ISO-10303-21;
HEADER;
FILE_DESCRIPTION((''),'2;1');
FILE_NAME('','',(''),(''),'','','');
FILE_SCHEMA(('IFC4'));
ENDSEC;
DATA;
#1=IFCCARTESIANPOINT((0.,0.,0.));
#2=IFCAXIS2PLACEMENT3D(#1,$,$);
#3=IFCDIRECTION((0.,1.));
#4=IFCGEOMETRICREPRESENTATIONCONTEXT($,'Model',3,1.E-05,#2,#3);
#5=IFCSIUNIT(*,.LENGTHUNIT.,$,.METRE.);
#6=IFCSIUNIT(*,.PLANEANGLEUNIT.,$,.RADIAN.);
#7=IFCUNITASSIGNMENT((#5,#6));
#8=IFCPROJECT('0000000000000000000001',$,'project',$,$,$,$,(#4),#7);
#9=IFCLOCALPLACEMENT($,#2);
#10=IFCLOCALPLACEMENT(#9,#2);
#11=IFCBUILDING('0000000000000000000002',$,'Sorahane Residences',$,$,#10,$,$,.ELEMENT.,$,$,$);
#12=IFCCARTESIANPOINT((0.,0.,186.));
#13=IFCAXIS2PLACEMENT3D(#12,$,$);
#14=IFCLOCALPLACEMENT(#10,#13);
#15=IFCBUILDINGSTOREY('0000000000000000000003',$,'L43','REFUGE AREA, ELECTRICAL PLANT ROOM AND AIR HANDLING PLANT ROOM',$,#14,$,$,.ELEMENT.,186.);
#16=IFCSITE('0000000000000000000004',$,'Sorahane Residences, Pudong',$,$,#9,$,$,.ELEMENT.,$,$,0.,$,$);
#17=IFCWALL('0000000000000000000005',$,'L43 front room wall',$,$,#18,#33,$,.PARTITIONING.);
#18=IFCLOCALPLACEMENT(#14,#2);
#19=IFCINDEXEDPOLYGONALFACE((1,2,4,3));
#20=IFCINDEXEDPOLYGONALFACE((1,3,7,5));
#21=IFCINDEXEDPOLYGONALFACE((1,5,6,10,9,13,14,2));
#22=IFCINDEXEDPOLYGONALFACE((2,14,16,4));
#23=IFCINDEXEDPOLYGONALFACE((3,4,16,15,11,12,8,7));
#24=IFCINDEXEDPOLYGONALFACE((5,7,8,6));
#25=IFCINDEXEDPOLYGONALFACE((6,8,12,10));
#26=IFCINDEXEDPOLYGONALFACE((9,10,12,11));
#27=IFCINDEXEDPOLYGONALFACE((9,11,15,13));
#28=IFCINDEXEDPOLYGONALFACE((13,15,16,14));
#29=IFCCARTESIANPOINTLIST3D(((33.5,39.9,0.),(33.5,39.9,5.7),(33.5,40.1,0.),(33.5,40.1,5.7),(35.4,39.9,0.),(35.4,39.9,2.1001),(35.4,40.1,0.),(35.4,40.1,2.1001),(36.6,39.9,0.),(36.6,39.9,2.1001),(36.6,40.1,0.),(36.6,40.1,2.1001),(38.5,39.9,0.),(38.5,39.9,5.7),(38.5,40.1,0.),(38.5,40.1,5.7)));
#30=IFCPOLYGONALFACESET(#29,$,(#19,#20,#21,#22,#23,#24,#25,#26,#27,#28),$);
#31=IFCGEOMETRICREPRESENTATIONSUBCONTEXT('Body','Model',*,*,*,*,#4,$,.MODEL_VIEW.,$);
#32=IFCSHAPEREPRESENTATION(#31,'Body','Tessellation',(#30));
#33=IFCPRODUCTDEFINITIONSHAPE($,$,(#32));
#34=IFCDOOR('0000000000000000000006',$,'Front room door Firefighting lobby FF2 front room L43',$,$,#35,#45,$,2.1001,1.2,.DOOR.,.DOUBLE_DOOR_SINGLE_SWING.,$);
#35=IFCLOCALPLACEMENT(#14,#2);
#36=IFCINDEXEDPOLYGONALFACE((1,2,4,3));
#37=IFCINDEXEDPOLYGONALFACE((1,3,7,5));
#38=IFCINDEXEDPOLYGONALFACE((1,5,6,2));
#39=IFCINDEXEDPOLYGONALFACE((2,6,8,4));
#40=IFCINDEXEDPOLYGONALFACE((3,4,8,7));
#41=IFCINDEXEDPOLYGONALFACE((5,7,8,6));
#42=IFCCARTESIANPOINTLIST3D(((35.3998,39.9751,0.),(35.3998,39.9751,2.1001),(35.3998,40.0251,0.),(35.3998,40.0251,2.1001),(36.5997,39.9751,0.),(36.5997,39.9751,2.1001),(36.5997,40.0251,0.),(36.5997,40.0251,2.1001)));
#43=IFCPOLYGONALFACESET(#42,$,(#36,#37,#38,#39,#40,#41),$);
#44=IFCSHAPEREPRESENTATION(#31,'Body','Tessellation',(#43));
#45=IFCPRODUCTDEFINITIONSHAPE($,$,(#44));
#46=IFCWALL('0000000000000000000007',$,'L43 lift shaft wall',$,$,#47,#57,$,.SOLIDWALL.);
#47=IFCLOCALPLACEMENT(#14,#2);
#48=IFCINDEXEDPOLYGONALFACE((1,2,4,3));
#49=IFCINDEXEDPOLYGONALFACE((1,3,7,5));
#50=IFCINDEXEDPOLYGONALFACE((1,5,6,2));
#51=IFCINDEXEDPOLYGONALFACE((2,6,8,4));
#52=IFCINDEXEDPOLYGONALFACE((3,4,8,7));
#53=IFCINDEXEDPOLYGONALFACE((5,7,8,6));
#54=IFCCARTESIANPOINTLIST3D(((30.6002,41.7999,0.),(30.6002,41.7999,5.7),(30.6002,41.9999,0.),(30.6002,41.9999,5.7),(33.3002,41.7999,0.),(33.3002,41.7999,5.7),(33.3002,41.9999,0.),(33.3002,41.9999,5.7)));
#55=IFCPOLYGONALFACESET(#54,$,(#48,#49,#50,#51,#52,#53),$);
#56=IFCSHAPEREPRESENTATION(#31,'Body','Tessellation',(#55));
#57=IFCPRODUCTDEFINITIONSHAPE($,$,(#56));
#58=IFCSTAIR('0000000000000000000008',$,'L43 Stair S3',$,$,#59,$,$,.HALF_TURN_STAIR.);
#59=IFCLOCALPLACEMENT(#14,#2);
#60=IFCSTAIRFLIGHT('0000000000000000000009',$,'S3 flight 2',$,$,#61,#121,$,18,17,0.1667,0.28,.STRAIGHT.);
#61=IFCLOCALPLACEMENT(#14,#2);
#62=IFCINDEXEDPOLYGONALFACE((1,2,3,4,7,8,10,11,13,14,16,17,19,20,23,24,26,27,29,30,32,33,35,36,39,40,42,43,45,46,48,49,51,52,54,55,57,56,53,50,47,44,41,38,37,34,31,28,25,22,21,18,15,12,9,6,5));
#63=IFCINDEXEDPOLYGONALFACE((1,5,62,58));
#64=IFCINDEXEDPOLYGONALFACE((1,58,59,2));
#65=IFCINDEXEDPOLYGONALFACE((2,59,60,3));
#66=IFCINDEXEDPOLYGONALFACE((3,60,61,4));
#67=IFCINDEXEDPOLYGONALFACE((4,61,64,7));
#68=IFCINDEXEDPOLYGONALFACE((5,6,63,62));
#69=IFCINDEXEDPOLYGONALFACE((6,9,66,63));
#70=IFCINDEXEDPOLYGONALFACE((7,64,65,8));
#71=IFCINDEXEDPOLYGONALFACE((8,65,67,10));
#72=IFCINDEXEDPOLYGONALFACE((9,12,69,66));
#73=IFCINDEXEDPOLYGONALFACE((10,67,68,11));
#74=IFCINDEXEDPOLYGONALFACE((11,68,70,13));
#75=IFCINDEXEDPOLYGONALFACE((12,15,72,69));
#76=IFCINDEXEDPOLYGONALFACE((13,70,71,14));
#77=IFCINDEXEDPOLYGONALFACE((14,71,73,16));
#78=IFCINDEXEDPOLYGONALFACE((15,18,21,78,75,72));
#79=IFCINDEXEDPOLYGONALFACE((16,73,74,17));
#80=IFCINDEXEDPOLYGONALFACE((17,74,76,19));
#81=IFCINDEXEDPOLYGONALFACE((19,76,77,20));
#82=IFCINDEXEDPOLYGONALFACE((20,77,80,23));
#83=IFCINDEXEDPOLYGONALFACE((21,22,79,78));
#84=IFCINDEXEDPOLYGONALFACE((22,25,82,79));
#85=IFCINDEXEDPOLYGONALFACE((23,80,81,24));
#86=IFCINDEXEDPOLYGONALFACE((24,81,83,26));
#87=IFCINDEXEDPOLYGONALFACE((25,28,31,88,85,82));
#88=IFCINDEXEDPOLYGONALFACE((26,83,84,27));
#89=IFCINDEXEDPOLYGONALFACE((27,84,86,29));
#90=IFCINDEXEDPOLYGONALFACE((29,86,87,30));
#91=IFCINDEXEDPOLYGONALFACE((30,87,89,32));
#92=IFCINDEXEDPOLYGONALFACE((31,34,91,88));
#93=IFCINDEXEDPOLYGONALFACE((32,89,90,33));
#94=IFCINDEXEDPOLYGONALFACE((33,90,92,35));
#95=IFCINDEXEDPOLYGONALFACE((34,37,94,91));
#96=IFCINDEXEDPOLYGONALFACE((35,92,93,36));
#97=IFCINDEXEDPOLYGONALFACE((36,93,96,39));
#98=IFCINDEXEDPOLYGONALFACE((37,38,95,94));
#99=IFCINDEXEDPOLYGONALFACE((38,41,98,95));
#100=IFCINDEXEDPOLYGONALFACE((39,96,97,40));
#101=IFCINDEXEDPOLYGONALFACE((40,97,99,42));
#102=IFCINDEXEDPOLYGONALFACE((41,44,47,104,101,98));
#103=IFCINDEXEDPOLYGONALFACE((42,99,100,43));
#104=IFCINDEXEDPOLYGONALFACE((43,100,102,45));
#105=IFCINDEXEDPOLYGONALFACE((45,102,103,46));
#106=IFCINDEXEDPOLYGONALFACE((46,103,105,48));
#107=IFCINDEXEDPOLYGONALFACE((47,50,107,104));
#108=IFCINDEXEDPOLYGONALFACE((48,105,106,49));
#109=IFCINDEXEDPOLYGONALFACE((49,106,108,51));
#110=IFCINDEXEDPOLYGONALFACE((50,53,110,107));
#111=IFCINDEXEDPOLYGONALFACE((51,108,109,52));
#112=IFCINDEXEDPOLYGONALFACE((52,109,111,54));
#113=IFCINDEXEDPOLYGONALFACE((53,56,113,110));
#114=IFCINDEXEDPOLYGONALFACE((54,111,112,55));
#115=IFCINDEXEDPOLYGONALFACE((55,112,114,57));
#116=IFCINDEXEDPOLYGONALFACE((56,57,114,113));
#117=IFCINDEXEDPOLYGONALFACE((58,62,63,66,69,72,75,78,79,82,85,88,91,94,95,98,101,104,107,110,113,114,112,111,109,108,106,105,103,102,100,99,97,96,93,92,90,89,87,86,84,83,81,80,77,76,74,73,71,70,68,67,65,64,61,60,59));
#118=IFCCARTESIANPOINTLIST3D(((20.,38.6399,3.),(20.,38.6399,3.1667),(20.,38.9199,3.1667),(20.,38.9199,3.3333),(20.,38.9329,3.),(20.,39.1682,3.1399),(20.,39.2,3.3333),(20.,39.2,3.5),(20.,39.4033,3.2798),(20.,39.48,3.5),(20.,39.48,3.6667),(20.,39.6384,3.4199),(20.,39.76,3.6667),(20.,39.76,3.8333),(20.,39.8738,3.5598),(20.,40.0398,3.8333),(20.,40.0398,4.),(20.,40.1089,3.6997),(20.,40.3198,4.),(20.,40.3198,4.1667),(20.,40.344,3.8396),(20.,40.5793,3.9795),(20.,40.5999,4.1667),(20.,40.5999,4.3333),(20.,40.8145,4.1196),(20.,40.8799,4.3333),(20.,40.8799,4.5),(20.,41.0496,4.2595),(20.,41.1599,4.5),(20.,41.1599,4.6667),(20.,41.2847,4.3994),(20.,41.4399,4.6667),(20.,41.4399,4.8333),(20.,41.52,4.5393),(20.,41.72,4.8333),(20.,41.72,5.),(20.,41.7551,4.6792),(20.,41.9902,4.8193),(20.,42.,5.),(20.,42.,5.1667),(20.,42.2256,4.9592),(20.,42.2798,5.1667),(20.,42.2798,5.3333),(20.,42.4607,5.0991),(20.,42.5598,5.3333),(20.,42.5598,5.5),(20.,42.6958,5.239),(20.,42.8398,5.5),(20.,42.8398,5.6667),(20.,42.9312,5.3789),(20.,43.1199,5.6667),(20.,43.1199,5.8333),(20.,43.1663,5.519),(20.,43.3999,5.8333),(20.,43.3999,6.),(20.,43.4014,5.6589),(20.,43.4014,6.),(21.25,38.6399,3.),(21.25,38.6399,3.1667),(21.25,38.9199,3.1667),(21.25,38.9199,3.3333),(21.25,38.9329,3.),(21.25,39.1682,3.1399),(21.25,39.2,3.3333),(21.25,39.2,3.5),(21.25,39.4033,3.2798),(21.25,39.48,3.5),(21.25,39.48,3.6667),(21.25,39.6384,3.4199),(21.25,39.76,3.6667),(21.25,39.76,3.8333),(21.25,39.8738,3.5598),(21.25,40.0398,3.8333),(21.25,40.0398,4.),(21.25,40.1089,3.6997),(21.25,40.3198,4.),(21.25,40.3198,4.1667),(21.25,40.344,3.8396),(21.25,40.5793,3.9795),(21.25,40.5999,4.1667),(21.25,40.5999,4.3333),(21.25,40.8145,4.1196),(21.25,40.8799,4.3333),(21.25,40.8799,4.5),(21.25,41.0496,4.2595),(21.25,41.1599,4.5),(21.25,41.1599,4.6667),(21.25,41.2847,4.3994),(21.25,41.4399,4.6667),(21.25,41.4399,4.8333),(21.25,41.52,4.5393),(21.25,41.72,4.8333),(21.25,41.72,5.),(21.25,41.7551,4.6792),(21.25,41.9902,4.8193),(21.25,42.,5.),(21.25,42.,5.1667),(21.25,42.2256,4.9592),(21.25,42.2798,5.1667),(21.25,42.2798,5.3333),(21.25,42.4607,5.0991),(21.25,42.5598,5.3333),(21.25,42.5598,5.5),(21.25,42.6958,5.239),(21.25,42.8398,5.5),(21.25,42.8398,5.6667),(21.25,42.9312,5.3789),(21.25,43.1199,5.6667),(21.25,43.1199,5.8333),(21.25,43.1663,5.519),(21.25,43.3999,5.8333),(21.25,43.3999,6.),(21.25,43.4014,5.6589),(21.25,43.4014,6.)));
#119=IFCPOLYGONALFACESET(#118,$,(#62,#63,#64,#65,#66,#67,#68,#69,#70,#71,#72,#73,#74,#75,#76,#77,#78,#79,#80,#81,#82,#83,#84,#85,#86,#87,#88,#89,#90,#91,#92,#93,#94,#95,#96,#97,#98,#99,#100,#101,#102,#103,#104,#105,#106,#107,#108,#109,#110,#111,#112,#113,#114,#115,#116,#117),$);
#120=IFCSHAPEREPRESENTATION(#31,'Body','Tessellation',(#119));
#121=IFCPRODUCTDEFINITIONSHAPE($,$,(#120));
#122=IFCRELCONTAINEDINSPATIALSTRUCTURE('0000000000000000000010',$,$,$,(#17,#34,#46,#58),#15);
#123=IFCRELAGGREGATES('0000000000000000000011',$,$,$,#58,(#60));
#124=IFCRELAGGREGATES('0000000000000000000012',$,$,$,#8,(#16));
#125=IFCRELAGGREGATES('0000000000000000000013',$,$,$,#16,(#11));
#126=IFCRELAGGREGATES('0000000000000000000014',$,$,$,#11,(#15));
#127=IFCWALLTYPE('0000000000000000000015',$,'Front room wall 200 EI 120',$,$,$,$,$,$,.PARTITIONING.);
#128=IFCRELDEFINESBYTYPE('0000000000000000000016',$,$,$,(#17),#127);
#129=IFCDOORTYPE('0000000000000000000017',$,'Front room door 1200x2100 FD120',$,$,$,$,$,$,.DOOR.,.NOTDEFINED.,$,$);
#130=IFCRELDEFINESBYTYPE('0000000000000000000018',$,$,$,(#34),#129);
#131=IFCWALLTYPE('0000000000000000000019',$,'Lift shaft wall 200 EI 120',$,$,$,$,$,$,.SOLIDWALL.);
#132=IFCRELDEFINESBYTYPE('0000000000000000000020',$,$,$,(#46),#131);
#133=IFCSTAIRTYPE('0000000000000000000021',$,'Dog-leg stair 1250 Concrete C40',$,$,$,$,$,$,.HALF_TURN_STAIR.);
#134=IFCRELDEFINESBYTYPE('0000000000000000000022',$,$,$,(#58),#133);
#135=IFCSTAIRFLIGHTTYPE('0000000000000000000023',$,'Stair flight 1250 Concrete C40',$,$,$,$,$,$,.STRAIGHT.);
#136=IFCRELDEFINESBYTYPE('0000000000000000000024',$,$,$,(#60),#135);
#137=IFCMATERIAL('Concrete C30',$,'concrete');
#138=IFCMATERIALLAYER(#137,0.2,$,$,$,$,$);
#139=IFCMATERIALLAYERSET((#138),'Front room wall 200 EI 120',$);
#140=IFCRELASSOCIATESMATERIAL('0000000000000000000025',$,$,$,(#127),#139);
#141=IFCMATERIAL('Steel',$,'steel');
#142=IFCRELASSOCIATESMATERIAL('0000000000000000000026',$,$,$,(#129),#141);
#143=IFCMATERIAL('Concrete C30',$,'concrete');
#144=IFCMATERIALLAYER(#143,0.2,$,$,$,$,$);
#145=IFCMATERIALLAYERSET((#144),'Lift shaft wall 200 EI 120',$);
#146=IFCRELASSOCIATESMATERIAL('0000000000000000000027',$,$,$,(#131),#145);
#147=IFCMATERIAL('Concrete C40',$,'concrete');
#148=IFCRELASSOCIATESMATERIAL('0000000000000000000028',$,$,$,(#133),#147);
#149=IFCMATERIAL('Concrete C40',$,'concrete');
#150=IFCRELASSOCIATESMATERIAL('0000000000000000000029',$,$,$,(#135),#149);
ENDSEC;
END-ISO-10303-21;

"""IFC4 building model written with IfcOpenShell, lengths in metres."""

from ifc_helpers import new_model, si_unit, direction, frame, frame_2d, origin, place, context, subcontext, project, spatial, polyline, rectangle, outline, extrude, material, layer, layer_set, type_object, element, fill, aggregate, save


model = new_model("IFC4")

# Units and contexts
model_context = context("Model", 3, precision=1e-05, world=origin(), true_north=direction((0.0, 1.0)))
body_context = subcontext(model_context, "Body", "Model", "MODEL_VIEW")
ifc_project = project(units=[si_unit("LENGTHUNIT", "METRE"), si_unit("PLANEANGLEUNIT", "RADIAN")], contexts=[model_context])

# Site, building, storey
site_placement = place(None, origin())
site = spatial("IfcSite", under=ifc_project, at=site_placement, Name="Sorahane Residences, Pudong", CompositionType="ELEMENT", RefElevation=0.0)
building_placement = place(site_placement, origin())
building = spatial("IfcBuilding", under=site, at=building_placement, Name="Sorahane Residences", CompositionType="ELEMENT")
storey_placement = place(building_placement, frame((0.0, 0.0, 186.0)))
storey = spatial("IfcBuildingStorey", under=building, at=storey_placement, Name="L43", Description="REFUGE AREA, ELECTRICAL PLANT ROOM AND AIR HANDLING PLANT ROOM", CompositionType="ELEMENT", Elevation=186.0)

# Wall, opening, door
ifc_material_1 = material(Name="Concrete C30", Category="concrete")
ifc_layer_1 = layer(ifc_material_1, 0.2)
ifc_layer_set_1 = layer_set([ifc_layer_1], Name="Front room wall 200 EI 120")
wall_type_1 = type_object("IfcWallType", Name="Front room wall 200 EI 120", PredefinedType="PARTITIONING", material=ifc_layer_set_1)
ifc_material_2 = material(Name="Steel", Category="steel")
door_type = type_object("IfcDoorType", Name="Front room door 1200x2100 FD120", OperationType="NOTDEFINED", PredefinedType="DOOR", material=ifc_material_2)
wall_1_placement = place(storey_placement, frame((33.5, 40.0, 0.0), z_axis=(0.0, 0.0, 1.0), x_axis=(1.0, 0.0, 0.0)))
wall_1 = element("IfcWall", 1, at=wall_1_placement, inside=storey, type_object=wall_type_1, Name="L43 front room wall", PredefinedType="PARTITIONING", context=body_context, shape_type="SweptSolid", body=[
    extrude(rectangle(XDim=5.0, YDim=0.2, at=frame_2d((2.5, 0.0))), origin(), (0.0, 0.0, 1.0), 5.7),
])
opening_1_placement = place(wall_1_placement, frame((1.8999, 0.0, 0.0)))
opening_1 = element("IfcOpeningElement", 2, at=opening_1_placement, cuts=wall_1, PredefinedType="OPENING", context=body_context, shape_type="SweptSolid", body=[
    extrude(rectangle(XDim=1.2, YDim=2.1001, at=frame_2d((0.6001, 1.05))), frame((0.0, 0.1099, 0.0), z_axis=(0.0, -1.0, 0.0), x_axis=(1.0, 0.0, 0.0)), (0.0, 0.0, 1.0), 0.22),
])
door_1_placement = place(opening_1_placement, frame((1.2, 0.0, 0.0), z_axis=(0.0, 0.0, 1.0), x_axis=(-1.0, 0.0, 0.0)))
door_1 = element("IfcDoor", 3, at=door_1_placement, inside=storey, type_object=door_type, Name="Front room door Firefighting lobby FF2 front room L43", OperationType="DOUBLE_DOOR_SINGLE_SWING", OverallHeight=2.1001, OverallWidth=1.2, PredefinedType="DOOR", context=body_context, shape_type="SweptSolid", body=[
    extrude(rectangle(XDim=1.2, YDim=2.1001, at=frame_2d((0.6001, 1.05))), frame((0.0, 0.0249, 0.0), z_axis=(0.0, -1.0, 0.0), x_axis=(1.0, 0.0, 0.0)), (0.0, 0.0, 1.0), 0.05),
])
fill(opening_1, door_1)

# Wall
ifc_material_3 = material(Name="Concrete C30", Category="concrete")
ifc_layer_2 = layer(ifc_material_3, 0.2)
ifc_layer_set_2 = layer_set([ifc_layer_2], Name="Lift shaft wall 200 EI 120")
wall_type_2 = type_object("IfcWallType", Name="Lift shaft wall 200 EI 120", PredefinedType="SOLIDWALL", material=ifc_layer_set_2)
wall_2_placement = place(storey_placement, frame((30.6001, 41.8999, 0.0), z_axis=(0.0, 0.0, 1.0), x_axis=(1.0, 0.0, 0.0)))
element("IfcWall", 4, at=wall_2_placement, inside=storey, type_object=wall_type_2, Name="L43 lift shaft wall", PredefinedType="SOLIDWALL", context=body_context, shape_type="SweptSolid", body=[
    extrude(rectangle(XDim=2.7, YDim=0.2, at=frame_2d((1.3501, 0.0))), origin(), (0.0, 0.0, 1.0), 5.7),
])

# Stair, stair flight
ifc_material_4 = material(Name="Concrete C40", Category="concrete")
stair_type = type_object("IfcStairType", Name="Dog-leg stair 1250 Concrete C40", PredefinedType="HALF_TURN_STAIR", material=ifc_material_4)
stair_placement = place(storey_placement, origin())
stair = element("IfcStair", 5, at=stair_placement, inside=storey, type_object=stair_type, Name="L43 Stair S3", PredefinedType="HALF_TURN_STAIR")
ifc_material_5 = material(Name="Concrete C40", Category="concrete")
stair_flight_type = type_object("IfcStairFlightType", Name="Stair flight 1250 Concrete C40", PredefinedType="STRAIGHT", material=ifc_material_5)
stair_flight_placement = place(storey_placement, frame((20.625, 38.6399, 3.0), z_axis=(0.0, 0.0, 1.0), x_axis=(0.0, 1.0, 0.0)))
stair_flight = element("IfcStairFlight", 6, at=stair_flight_placement, type_object=stair_flight_type, Name="S3 flight 2", NumberOfRisers=18, NumberOfTreads=17, PredefinedType="STRAIGHT", RiserHeight=0.1667, TreadLength=0.28, context=body_context, shape_type="SweptSolid", body=[
    extrude(outline(polyline([(0.0, 0.0), (0.0, 0.1667), (0.28, 0.1667), (0.28, 0.3333), (0.5601, 0.3333), (0.5601, 0.5), (0.8401, 0.5), (0.8401, 0.6667), (1.1201, 0.6667), (1.1201, 0.8333), (1.3999, 0.8333), (1.3999, 1.0), (1.6799, 1.0), (1.6799, 1.1667), (1.96, 1.1667), (1.96, 1.3333), (2.24, 1.3333), (2.24, 1.5), (2.52, 1.5), (2.52, 1.6667), (2.8, 1.6667), (2.8, 1.8333), (3.0801, 1.8333), (3.0801, 2.0), (3.3601, 2.0), (3.3601, 2.1667), (3.6399, 2.1667), (3.6399, 2.3333), (3.9199, 2.3333), (3.9199, 2.5), (4.2, 2.5), (4.2, 2.6667), (4.48, 2.6667), (4.48, 2.8333), (4.76, 2.8333), (4.76, 3.0), (4.7615, 3.0), (4.7615, 2.6589), (4.5264, 2.519), (4.2913, 2.3789), (4.0559, 2.239), (3.8208, 2.0991), (3.5857, 1.9592), (3.3503, 1.8193), (3.1152, 1.6792), (2.8801, 1.5393), (2.6448, 1.3994), (2.4097, 1.2595), (2.1746, 1.1196), (1.9395, 0.9795), (1.7041, 0.8396), (1.469, 0.6997), (1.2339, 0.5598), (0.9985, 0.4199), (0.7634, 0.2798), (0.5283, 0.1399), (0.293, 0.0), (0.0, 0.0)])), frame((0.0, 0.625, 0.0), z_axis=(0.0, -1.0, 0.0), x_axis=(1.0, 0.0, 0.0)), (0.0, 0.0, 1.0), 1.25),
])
aggregate(stair, [stair_flight])

save(model, "model.ifc")
